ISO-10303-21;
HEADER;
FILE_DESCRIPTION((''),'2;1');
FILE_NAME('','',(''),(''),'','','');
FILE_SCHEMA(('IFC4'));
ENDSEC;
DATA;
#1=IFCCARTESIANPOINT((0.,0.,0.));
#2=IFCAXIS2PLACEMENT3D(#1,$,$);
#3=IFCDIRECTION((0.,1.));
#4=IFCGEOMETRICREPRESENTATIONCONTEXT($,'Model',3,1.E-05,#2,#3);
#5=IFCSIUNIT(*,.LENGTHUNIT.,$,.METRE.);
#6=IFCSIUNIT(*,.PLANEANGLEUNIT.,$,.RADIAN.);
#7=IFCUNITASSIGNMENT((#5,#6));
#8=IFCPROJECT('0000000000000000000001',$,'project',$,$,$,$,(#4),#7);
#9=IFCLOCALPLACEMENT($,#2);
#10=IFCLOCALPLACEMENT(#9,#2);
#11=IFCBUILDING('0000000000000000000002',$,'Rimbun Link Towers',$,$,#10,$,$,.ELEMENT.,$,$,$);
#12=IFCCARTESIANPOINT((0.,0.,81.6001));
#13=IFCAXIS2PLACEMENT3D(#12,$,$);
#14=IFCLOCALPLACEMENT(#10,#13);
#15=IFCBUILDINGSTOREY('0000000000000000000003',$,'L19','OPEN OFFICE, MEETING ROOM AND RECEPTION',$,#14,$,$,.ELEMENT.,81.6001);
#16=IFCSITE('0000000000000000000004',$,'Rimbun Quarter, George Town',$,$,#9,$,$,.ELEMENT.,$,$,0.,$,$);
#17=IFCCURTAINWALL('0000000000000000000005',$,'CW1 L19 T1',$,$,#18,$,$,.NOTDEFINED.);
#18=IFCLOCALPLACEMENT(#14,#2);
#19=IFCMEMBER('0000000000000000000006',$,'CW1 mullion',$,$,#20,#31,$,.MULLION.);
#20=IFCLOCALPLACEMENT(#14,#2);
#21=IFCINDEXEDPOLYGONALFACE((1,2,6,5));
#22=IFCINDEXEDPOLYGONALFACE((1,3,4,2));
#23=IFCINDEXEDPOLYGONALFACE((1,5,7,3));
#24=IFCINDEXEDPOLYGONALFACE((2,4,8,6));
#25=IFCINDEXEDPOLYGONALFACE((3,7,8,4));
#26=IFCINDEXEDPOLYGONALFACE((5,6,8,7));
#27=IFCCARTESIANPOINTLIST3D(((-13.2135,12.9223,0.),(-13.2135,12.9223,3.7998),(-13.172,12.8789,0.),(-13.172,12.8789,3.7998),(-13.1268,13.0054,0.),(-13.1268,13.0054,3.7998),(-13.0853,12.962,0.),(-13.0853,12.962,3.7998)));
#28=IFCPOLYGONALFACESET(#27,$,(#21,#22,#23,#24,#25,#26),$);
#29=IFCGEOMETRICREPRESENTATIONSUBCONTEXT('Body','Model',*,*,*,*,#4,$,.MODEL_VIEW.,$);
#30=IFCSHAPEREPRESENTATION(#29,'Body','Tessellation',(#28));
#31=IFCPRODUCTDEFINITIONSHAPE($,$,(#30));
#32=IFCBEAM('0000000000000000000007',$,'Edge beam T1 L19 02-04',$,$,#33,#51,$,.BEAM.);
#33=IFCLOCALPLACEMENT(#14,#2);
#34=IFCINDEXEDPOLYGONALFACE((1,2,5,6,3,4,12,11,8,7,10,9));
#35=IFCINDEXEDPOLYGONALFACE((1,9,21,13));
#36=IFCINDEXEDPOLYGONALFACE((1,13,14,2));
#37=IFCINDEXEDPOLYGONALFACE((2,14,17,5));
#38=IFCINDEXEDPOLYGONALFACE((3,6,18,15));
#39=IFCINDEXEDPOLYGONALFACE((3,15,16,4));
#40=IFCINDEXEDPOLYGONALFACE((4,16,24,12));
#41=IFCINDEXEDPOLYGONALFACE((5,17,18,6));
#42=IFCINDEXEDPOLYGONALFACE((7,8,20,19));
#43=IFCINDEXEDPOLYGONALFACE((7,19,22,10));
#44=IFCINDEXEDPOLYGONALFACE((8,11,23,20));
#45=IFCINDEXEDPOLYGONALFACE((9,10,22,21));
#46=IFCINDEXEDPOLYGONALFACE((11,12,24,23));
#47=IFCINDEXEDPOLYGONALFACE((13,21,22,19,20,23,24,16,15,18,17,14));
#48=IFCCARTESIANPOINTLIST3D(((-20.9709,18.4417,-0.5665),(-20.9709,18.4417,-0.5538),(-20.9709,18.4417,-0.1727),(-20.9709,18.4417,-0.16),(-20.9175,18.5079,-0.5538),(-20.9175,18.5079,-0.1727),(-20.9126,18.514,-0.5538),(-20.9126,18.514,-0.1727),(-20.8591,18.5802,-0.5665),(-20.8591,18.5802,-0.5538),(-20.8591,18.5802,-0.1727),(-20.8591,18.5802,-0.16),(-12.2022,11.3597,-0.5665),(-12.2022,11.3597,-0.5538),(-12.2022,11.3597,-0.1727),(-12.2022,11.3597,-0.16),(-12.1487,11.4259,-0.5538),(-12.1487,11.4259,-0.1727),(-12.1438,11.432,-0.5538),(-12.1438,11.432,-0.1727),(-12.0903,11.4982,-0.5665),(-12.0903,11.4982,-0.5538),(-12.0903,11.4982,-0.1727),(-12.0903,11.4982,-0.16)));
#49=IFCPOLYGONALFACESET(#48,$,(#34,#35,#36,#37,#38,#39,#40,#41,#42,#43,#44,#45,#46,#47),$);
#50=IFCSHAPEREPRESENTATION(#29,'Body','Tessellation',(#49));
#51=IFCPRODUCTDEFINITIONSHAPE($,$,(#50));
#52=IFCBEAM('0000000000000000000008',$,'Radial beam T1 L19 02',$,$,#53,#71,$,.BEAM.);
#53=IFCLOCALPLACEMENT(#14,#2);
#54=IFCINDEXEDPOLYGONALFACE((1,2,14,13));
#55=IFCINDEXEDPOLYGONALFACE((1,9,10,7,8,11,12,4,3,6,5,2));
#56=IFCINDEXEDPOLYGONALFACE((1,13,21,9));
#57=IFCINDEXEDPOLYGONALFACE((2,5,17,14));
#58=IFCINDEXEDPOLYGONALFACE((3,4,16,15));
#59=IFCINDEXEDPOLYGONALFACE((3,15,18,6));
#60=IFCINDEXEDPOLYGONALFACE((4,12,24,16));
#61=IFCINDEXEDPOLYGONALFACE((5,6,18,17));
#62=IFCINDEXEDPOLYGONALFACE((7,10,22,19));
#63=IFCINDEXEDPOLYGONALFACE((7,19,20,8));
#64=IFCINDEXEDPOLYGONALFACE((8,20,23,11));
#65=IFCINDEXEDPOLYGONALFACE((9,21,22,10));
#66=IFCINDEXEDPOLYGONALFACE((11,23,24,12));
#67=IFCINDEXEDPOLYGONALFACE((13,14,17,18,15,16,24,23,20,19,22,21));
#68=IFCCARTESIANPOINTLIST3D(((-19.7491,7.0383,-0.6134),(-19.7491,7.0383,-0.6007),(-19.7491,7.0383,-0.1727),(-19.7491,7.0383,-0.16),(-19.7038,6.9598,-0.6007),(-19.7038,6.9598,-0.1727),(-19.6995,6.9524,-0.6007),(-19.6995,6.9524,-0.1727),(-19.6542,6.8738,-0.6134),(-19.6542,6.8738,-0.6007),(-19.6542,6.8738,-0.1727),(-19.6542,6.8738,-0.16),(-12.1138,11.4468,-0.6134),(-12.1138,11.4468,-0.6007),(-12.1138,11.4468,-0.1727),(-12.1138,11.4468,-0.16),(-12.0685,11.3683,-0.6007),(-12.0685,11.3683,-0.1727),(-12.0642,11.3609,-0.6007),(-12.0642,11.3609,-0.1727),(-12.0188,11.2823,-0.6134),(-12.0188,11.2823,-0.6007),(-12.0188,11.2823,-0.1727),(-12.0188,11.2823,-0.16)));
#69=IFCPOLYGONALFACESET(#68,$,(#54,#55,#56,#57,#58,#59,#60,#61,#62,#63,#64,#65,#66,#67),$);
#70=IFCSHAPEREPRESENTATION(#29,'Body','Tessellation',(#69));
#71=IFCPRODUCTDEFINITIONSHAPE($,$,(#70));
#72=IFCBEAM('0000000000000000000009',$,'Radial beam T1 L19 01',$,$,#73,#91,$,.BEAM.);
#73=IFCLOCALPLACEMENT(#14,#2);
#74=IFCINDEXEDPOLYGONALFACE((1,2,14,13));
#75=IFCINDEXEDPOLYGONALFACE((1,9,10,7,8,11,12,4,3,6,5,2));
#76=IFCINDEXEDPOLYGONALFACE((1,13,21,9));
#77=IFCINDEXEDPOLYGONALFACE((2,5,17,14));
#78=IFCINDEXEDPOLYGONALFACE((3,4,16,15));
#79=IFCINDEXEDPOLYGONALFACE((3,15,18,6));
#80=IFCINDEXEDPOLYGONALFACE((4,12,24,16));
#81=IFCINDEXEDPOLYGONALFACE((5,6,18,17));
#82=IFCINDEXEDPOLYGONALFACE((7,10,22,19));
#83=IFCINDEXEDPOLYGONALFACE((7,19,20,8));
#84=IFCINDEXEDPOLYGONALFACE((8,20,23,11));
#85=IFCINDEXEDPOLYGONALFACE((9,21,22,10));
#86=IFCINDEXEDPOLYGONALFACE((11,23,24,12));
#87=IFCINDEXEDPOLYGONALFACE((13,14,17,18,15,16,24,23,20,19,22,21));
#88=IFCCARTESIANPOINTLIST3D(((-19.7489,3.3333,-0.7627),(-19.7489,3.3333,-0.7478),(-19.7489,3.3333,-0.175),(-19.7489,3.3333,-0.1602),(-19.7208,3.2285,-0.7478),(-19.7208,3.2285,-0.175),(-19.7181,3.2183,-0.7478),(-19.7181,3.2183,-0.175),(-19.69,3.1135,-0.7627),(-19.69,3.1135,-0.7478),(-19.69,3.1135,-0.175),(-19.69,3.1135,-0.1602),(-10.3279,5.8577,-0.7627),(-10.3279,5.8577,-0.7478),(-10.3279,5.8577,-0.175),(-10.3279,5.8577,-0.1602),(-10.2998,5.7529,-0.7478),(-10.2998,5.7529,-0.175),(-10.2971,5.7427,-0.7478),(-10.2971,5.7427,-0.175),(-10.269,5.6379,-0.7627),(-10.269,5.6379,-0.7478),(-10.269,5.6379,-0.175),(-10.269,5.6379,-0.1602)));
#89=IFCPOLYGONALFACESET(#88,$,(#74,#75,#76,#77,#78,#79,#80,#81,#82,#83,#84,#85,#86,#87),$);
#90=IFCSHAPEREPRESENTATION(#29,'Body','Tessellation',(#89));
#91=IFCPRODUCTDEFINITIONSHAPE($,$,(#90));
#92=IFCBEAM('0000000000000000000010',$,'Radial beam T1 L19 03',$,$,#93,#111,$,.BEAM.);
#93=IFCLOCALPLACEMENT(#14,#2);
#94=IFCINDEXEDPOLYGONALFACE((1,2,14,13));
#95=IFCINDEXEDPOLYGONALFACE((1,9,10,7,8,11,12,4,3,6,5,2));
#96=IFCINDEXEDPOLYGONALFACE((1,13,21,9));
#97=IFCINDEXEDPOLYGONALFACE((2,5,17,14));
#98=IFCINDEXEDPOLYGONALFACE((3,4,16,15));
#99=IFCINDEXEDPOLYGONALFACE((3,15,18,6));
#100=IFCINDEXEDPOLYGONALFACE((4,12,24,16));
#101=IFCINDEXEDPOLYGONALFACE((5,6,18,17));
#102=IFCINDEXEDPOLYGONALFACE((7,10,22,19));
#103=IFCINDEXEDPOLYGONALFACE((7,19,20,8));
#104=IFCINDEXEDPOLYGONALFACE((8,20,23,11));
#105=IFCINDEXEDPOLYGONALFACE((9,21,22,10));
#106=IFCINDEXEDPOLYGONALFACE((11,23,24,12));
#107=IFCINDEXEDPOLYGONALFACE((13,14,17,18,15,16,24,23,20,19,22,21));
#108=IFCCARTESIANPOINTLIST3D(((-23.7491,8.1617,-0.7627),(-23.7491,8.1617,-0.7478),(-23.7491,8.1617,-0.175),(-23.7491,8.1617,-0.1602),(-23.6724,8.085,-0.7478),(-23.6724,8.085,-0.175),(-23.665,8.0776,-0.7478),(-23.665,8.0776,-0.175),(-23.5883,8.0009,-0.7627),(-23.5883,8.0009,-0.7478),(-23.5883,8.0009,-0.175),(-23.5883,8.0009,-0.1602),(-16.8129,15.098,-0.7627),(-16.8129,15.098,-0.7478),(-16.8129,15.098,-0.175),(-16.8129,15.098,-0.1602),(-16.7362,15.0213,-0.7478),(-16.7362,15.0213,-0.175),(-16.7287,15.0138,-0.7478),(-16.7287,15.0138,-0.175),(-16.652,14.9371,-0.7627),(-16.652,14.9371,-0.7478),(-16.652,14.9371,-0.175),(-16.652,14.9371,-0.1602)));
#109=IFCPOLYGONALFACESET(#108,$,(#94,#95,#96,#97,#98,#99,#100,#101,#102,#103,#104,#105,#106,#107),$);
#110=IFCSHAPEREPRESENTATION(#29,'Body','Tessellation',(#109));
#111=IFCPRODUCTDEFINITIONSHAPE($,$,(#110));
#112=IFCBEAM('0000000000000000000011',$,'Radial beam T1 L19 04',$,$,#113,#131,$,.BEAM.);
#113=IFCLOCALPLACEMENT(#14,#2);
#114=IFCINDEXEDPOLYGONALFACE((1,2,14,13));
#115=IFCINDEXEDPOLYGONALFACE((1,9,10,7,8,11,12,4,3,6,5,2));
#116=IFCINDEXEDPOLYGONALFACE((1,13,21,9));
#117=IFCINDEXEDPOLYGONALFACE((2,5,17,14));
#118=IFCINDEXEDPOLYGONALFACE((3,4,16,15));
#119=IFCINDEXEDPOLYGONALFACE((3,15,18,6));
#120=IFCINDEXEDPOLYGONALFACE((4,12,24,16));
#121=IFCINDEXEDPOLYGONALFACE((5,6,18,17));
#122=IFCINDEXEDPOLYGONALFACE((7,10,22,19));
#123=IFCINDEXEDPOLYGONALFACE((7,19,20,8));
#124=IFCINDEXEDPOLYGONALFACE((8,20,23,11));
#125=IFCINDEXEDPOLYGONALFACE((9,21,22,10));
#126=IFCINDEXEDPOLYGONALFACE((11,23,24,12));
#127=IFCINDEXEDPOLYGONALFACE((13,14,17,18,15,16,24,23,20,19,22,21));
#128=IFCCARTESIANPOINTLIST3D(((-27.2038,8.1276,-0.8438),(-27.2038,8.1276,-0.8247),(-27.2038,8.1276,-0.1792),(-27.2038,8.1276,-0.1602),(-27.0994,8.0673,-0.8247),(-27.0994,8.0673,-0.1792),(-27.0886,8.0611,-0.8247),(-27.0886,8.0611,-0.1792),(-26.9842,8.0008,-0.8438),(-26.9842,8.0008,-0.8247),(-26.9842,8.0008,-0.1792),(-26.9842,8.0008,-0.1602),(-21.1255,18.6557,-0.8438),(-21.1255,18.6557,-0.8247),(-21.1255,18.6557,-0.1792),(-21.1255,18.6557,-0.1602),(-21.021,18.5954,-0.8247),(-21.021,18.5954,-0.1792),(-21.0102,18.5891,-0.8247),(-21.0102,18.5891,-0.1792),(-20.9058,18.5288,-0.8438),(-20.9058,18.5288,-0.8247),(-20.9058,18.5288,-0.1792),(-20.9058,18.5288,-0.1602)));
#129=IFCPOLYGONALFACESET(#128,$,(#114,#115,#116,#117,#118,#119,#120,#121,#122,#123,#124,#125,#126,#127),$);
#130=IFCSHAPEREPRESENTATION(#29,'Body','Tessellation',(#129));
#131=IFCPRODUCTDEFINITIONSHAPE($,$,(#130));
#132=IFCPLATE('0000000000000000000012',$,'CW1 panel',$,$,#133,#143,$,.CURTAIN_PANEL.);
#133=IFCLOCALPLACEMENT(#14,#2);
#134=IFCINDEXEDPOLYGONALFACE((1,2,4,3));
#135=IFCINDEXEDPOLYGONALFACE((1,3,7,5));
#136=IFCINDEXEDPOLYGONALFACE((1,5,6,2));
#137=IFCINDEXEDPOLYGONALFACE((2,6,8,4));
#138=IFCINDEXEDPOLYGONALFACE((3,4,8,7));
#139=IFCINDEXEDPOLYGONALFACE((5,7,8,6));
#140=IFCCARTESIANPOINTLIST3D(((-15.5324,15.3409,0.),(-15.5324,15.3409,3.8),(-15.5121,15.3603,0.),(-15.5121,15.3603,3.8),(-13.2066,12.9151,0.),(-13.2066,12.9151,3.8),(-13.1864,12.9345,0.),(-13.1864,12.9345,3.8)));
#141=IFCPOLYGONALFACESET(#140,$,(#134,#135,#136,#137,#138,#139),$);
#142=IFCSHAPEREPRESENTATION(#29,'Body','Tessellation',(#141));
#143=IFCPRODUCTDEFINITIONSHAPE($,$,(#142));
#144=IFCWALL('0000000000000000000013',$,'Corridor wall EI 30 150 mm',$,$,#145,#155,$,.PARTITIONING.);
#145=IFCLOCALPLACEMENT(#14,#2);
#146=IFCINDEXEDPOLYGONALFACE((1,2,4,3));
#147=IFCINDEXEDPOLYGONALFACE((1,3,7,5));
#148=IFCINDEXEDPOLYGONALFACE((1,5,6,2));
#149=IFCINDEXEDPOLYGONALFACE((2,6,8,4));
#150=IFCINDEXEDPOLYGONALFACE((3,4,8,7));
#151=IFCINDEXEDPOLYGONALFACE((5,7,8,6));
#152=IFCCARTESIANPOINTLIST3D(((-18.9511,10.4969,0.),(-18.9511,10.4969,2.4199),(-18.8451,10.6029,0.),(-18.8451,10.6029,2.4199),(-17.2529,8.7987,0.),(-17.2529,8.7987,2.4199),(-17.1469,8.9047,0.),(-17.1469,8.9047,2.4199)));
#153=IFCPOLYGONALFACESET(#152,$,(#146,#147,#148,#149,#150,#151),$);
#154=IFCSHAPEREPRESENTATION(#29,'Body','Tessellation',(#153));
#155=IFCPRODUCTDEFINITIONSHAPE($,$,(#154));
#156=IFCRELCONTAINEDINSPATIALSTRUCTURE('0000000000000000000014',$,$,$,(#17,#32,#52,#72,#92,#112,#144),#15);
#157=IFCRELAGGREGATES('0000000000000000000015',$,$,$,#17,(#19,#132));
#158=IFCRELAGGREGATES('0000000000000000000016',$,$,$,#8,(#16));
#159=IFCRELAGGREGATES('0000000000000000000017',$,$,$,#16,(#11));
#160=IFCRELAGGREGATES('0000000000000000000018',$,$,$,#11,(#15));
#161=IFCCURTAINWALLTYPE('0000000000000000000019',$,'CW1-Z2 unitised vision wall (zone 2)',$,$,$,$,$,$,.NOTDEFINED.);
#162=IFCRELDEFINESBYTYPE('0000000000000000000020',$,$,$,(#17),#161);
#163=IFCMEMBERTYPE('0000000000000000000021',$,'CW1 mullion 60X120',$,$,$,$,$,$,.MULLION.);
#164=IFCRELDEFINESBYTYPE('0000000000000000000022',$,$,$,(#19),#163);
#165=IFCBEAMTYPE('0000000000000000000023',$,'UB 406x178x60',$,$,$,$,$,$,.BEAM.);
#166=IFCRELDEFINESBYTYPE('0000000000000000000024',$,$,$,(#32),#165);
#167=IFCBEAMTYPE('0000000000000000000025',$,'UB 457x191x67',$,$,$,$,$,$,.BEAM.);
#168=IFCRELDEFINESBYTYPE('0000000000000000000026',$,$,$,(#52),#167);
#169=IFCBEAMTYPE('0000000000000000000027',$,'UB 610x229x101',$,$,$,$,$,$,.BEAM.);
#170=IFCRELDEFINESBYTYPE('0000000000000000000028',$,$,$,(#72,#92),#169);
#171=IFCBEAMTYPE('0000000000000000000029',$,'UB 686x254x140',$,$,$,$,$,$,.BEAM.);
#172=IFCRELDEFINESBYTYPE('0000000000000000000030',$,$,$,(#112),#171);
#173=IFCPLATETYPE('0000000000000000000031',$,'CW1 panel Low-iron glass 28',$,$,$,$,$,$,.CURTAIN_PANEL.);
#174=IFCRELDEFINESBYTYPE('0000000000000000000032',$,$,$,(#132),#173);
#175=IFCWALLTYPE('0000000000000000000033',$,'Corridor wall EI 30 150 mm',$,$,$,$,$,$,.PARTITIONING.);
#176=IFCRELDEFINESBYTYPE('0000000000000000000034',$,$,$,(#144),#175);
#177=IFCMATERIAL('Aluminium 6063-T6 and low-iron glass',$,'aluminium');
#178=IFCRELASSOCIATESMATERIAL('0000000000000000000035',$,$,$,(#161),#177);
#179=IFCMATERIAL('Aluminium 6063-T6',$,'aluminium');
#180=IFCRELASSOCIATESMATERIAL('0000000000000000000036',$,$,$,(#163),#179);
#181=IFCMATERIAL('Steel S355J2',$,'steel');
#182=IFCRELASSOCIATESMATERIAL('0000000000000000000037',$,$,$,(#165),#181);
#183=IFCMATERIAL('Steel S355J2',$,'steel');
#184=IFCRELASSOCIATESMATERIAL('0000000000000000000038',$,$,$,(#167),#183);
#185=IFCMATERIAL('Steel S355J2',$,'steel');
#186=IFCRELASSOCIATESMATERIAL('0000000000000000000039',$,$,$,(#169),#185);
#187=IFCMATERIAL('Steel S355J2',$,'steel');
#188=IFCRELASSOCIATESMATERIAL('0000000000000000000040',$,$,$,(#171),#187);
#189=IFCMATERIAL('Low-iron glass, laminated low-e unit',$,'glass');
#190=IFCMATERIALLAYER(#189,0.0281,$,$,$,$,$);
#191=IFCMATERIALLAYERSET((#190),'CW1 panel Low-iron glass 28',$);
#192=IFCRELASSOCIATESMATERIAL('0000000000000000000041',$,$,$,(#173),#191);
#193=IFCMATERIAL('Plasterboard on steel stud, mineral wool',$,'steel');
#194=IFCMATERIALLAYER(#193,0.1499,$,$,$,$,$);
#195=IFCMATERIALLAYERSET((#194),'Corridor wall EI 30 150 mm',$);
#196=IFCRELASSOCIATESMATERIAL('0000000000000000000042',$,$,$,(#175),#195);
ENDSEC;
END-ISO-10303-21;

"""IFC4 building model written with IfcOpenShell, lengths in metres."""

from ifc_helpers import new_model, si_unit, direction, frame, frame_2d, origin, origin_2d, place, context, subcontext, project, spatial, rectangle, i_section, extrude, material, layer, layer_set, material_profile, profile_set, type_object, element, aggregate, save


model = new_model("IFC4")

# Units and contexts
model_context = context("Model", 3, precision=1e-05, world=origin(), true_north=direction((0.0, 1.0)))
body_context = subcontext(model_context, "Body", "Model", "MODEL_VIEW")
ifc_project = project(units=[si_unit("LENGTHUNIT", "METRE"), si_unit("PLANEANGLEUNIT", "RADIAN")], contexts=[model_context])

# Site, building, storey
site_placement = place(None, origin())
site = spatial("IfcSite", under=ifc_project, at=site_placement, Name="Rimbun Quarter, George Town", CompositionType="ELEMENT", RefElevation=0.0)
building_placement = place(site_placement, origin())
building = spatial("IfcBuilding", under=site, at=building_placement, Name="Rimbun Link Towers", CompositionType="ELEMENT")
storey_placement = place(building_placement, frame((0.0, 0.0, 81.6001)))
storey = spatial("IfcBuildingStorey", under=building, at=storey_placement, Name="L19", Description="OPEN OFFICE, MEETING ROOM AND RECEPTION", CompositionType="ELEMENT", Elevation=81.6001)

# Curtain wall, member
ifc_material_1 = material(Name="Aluminium 6063-T6 and low-iron glass", Category="aluminium")
curtain_wall_type = type_object("IfcCurtainWallType", Name="CW1-Z2 unitised vision wall (zone 2)", PredefinedType="NOTDEFINED", material=ifc_material_1)
curtain_wall_placement = place(storey_placement, origin())
curtain_wall = element("IfcCurtainWall", 1, at=curtain_wall_placement, inside=storey, type_object=curtain_wall_type, Name="CW1 L19 T1", PredefinedType="NOTDEFINED")
ifc_material_2 = material(Name="Aluminium 6063-T6", Category="aluminium")
ifc_material_profile_1 = material_profile(ifc_material_2, rectangle(XDim=0.1201, YDim=0.0601, at=origin_2d()), Name="MULLION 60X120")
ifc_profile_set_1 = profile_set([ifc_material_profile_1], Name="Aluminium 6063-T6")
member_type = type_object("IfcMemberType", Name="CW1 mullion 60X120", PredefinedType="MULLION", material=ifc_profile_set_1)
member_placement = place(storey_placement, frame((-13.1494, 12.9421, 0.0), z_axis=(0.0, 0.0, 1.0), x_axis=(0.721839, 0.692061, 0.0)))
member = element("IfcMember", 2, at=member_placement, type_object=member_type, Name="CW1 mullion", PredefinedType="MULLION", context=body_context, shape_type="SweptSolid", body=[
    extrude(rectangle(XDim=0.1201, YDim=0.0601, at=origin_2d()), origin(), (0.0, 0.0, 1.0), 3.7998),
])

# Beams
ifc_material_3 = material(Name="Steel S355J2", Category="steel")
ifc_material_profile_2 = material_profile(ifc_material_3, i_section(OverallWidth=0.178, OverallDepth=0.4065, WebThickness=0.0078, FlangeThickness=0.0127, at=origin_2d()), Name="UB 406x178x60")
ifc_profile_set_2 = profile_set([ifc_material_profile_2], Name="Steel S355J2")
beam_type_1 = type_object("IfcBeamType", Name="UB 406x178x60", PredefinedType="BEAM", material=ifc_profile_set_2)
beam_1_placement = place(storey_placement, frame((-12.1462, 11.429, -0.3633), z_axis=(-0.777961, 0.628312, 0.0), x_axis=(-0.628312, -0.777961, 0.0)))
element("IfcBeam", 3, at=beam_1_placement, inside=storey, type_object=beam_type_1, Name="Edge beam T1 L19 02-04", PredefinedType="BEAM", context=body_context, shape_type="SweptSolid", body=[
    extrude(i_section(OverallWidth=0.178, OverallDepth=0.4065, WebThickness=0.0078, FlangeThickness=0.0127, at=origin_2d()), origin(), (0.0, 0.0, 1.0), 11.2715),
])
ifc_material_4 = material(Name="Steel S355J2", Category="steel")
ifc_material_profile_3 = material_profile(ifc_material_4, i_section(OverallWidth=0.1899, OverallDepth=0.4534, WebThickness=0.0085, FlangeThickness=0.0127, at=origin_2d()), Name="UB 457x191x67")
ifc_profile_set_3 = profile_set([ifc_material_profile_3], Name="Steel S355J2")
beam_type_2 = type_object("IfcBeamType", Name="UB 457x191x67", PredefinedType="BEAM", material=ifc_profile_set_3)
beam_2_placement = place(storey_placement, frame((-19.7017, 6.9561, -0.3867), z_axis=(0.866014, 0.50002, 0.0), x_axis=(-0.50002, 0.866014, 0.0)))
element("IfcBeam", 4, at=beam_2_placement, inside=storey, type_object=beam_type_2, Name="Radial beam T1 L19 02", PredefinedType="BEAM", context=body_context, shape_type="SweptSolid", body=[
    extrude(i_section(OverallWidth=0.1899, OverallDepth=0.4534, WebThickness=0.0085, FlangeThickness=0.0127, at=origin_2d()), origin(), (0.0, 0.0, 1.0), 8.8167),
])
ifc_material_5 = material(Name="Steel S355J2", Category="steel")
ifc_material_profile_4 = material_profile(ifc_material_5, i_section(OverallWidth=0.2275, OverallDepth=0.6025, WebThickness=0.0105, FlangeThickness=0.0149, at=origin_2d()), Name="UB 610x229x101")
ifc_profile_set_4 = profile_set([ifc_material_profile_4], Name="Steel S355J2")
beam_type_3 = type_object("IfcBeamType", Name="UB 610x229x101", PredefinedType="BEAM", material=ifc_profile_set_4)
beam_3_placement = place(storey_placement, frame((-19.7195, 3.2234, -0.4614), z_axis=(0.965925, 0.258822, 0.0), x_axis=(-0.258822, 0.965925, 0.0)))
element("IfcBeam", 5, at=beam_3_placement, inside=storey, type_object=beam_type_3, Name="Radial beam T1 L19 01", PredefinedType="BEAM", context=body_context, shape_type="SweptSolid", body=[
    extrude(i_section(OverallWidth=0.2275, OverallDepth=0.6025, WebThickness=0.0105, FlangeThickness=0.0149, at=origin_2d()), origin(), (0.0, 0.0, 1.0), 9.7534),
])
beam_4_placement = place(storey_placement, frame((-23.6687, 8.0813, -0.4614), z_axis=(0.707107, 0.707107, 0.0), x_axis=(-0.707107, 0.707107, 0.0)))
element("IfcBeam", 6, at=beam_4_placement, inside=storey, type_object=beam_type_3, Name="Radial beam T1 L19 03", PredefinedType="BEAM", context=body_context, shape_type="SweptSolid", body=[
    extrude(i_section(OverallWidth=0.2275, OverallDepth=0.6025, WebThickness=0.0105, FlangeThickness=0.0149, at=origin_2d()), origin(), (0.0, 0.0, 1.0), 9.8093),
])
ifc_material_6 = material(Name="Steel S355J2", Category="steel")
ifc_material_profile_5 = material_profile(ifc_material_6, i_section(OverallWidth=0.2537, OverallDepth=0.6836, WebThickness=0.0125, FlangeThickness=0.019, at=origin_2d()), Name="UB 686x254x140")
ifc_profile_set_5 = profile_set([ifc_material_profile_5], Name="Steel S355J2")
beam_type_4 = type_object("IfcBeamType", Name="UB 686x254x140", PredefinedType="BEAM", material=ifc_profile_set_5)
beam_5_placement = place(storey_placement, frame((-27.094, 8.0642, -0.502), z_axis=(0.499999, 0.866026, 0.0), x_axis=(-0.866026, 0.499999, 0.0)))
element("IfcBeam", 7, at=beam_5_placement, inside=storey, type_object=beam_type_4, Name="Radial beam T1 L19 04", PredefinedType="BEAM", context=body_context, shape_type="SweptSolid", body=[
    extrude(i_section(OverallWidth=0.2537, OverallDepth=0.6836, WebThickness=0.0125, FlangeThickness=0.019, at=origin_2d()), origin(), (0.0, 0.0, 1.0), 12.1567),
])

# Plate
ifc_material_7 = material(Name="Low-iron glass, laminated low-e unit", Category="glass")
ifc_layer_1 = layer(ifc_material_7, 0.0281)
ifc_layer_set_1 = layer_set([ifc_layer_1], Name="CW1 panel Low-iron glass 28")
plate_type = type_object("IfcPlateType", Name="CW1 panel Low-iron glass 28", PredefinedType="CURTAIN_PANEL", material=ifc_layer_set_1)
plate_placement = place(storey_placement, frame((-14.3594, 14.1377, 0.0), z_axis=(0.0, 0.0, 1.0), x_axis=(0.692061, -0.721839, 0.0)))
plate = element("IfcPlate", 8, at=plate_placement, type_object=plate_type, Name="CW1 panel", PredefinedType="CURTAIN_PANEL", context=body_context, shape_type="SweptSolid", body=[
    extrude(rectangle(XDim=3.3606, YDim=0.0281, at=origin_2d()), origin(), (0.0, 0.0, 1.0), 3.8),
])
aggregate(curtain_wall, [member, plate])

# Wall
ifc_material_8 = material(Name="Plasterboard on steel stud, mineral wool", Category="steel")
ifc_layer_2 = layer(ifc_material_8, 0.1499)
ifc_layer_set_2 = layer_set([ifc_layer_2], Name="Corridor wall EI 30 150 mm")
wall_type_1 = type_object("IfcWallType", Name="Corridor wall EI 30 150 mm", PredefinedType="PARTITIONING", material=ifc_layer_set_2)
wall_1_placement = place(storey_placement, frame((-17.2, 8.8518, 0.0), z_axis=(0.0, 0.0, 1.0), x_axis=(-0.707107, 0.707107, 0.0)))
element("IfcWall", 9, at=wall_1_placement, inside=storey, type_object=wall_type_1, Name="Corridor wall EI 30 150 mm", PredefinedType="PARTITIONING", context=body_context, shape_type="SweptSolid", body=[
    extrude(rectangle(XDim=2.4016, YDim=0.1499, at=frame_2d((1.2007, 0.0))), origin(), (0.0, 0.0, 1.0), 2.4199),
])

save(model, "model.ifc")
